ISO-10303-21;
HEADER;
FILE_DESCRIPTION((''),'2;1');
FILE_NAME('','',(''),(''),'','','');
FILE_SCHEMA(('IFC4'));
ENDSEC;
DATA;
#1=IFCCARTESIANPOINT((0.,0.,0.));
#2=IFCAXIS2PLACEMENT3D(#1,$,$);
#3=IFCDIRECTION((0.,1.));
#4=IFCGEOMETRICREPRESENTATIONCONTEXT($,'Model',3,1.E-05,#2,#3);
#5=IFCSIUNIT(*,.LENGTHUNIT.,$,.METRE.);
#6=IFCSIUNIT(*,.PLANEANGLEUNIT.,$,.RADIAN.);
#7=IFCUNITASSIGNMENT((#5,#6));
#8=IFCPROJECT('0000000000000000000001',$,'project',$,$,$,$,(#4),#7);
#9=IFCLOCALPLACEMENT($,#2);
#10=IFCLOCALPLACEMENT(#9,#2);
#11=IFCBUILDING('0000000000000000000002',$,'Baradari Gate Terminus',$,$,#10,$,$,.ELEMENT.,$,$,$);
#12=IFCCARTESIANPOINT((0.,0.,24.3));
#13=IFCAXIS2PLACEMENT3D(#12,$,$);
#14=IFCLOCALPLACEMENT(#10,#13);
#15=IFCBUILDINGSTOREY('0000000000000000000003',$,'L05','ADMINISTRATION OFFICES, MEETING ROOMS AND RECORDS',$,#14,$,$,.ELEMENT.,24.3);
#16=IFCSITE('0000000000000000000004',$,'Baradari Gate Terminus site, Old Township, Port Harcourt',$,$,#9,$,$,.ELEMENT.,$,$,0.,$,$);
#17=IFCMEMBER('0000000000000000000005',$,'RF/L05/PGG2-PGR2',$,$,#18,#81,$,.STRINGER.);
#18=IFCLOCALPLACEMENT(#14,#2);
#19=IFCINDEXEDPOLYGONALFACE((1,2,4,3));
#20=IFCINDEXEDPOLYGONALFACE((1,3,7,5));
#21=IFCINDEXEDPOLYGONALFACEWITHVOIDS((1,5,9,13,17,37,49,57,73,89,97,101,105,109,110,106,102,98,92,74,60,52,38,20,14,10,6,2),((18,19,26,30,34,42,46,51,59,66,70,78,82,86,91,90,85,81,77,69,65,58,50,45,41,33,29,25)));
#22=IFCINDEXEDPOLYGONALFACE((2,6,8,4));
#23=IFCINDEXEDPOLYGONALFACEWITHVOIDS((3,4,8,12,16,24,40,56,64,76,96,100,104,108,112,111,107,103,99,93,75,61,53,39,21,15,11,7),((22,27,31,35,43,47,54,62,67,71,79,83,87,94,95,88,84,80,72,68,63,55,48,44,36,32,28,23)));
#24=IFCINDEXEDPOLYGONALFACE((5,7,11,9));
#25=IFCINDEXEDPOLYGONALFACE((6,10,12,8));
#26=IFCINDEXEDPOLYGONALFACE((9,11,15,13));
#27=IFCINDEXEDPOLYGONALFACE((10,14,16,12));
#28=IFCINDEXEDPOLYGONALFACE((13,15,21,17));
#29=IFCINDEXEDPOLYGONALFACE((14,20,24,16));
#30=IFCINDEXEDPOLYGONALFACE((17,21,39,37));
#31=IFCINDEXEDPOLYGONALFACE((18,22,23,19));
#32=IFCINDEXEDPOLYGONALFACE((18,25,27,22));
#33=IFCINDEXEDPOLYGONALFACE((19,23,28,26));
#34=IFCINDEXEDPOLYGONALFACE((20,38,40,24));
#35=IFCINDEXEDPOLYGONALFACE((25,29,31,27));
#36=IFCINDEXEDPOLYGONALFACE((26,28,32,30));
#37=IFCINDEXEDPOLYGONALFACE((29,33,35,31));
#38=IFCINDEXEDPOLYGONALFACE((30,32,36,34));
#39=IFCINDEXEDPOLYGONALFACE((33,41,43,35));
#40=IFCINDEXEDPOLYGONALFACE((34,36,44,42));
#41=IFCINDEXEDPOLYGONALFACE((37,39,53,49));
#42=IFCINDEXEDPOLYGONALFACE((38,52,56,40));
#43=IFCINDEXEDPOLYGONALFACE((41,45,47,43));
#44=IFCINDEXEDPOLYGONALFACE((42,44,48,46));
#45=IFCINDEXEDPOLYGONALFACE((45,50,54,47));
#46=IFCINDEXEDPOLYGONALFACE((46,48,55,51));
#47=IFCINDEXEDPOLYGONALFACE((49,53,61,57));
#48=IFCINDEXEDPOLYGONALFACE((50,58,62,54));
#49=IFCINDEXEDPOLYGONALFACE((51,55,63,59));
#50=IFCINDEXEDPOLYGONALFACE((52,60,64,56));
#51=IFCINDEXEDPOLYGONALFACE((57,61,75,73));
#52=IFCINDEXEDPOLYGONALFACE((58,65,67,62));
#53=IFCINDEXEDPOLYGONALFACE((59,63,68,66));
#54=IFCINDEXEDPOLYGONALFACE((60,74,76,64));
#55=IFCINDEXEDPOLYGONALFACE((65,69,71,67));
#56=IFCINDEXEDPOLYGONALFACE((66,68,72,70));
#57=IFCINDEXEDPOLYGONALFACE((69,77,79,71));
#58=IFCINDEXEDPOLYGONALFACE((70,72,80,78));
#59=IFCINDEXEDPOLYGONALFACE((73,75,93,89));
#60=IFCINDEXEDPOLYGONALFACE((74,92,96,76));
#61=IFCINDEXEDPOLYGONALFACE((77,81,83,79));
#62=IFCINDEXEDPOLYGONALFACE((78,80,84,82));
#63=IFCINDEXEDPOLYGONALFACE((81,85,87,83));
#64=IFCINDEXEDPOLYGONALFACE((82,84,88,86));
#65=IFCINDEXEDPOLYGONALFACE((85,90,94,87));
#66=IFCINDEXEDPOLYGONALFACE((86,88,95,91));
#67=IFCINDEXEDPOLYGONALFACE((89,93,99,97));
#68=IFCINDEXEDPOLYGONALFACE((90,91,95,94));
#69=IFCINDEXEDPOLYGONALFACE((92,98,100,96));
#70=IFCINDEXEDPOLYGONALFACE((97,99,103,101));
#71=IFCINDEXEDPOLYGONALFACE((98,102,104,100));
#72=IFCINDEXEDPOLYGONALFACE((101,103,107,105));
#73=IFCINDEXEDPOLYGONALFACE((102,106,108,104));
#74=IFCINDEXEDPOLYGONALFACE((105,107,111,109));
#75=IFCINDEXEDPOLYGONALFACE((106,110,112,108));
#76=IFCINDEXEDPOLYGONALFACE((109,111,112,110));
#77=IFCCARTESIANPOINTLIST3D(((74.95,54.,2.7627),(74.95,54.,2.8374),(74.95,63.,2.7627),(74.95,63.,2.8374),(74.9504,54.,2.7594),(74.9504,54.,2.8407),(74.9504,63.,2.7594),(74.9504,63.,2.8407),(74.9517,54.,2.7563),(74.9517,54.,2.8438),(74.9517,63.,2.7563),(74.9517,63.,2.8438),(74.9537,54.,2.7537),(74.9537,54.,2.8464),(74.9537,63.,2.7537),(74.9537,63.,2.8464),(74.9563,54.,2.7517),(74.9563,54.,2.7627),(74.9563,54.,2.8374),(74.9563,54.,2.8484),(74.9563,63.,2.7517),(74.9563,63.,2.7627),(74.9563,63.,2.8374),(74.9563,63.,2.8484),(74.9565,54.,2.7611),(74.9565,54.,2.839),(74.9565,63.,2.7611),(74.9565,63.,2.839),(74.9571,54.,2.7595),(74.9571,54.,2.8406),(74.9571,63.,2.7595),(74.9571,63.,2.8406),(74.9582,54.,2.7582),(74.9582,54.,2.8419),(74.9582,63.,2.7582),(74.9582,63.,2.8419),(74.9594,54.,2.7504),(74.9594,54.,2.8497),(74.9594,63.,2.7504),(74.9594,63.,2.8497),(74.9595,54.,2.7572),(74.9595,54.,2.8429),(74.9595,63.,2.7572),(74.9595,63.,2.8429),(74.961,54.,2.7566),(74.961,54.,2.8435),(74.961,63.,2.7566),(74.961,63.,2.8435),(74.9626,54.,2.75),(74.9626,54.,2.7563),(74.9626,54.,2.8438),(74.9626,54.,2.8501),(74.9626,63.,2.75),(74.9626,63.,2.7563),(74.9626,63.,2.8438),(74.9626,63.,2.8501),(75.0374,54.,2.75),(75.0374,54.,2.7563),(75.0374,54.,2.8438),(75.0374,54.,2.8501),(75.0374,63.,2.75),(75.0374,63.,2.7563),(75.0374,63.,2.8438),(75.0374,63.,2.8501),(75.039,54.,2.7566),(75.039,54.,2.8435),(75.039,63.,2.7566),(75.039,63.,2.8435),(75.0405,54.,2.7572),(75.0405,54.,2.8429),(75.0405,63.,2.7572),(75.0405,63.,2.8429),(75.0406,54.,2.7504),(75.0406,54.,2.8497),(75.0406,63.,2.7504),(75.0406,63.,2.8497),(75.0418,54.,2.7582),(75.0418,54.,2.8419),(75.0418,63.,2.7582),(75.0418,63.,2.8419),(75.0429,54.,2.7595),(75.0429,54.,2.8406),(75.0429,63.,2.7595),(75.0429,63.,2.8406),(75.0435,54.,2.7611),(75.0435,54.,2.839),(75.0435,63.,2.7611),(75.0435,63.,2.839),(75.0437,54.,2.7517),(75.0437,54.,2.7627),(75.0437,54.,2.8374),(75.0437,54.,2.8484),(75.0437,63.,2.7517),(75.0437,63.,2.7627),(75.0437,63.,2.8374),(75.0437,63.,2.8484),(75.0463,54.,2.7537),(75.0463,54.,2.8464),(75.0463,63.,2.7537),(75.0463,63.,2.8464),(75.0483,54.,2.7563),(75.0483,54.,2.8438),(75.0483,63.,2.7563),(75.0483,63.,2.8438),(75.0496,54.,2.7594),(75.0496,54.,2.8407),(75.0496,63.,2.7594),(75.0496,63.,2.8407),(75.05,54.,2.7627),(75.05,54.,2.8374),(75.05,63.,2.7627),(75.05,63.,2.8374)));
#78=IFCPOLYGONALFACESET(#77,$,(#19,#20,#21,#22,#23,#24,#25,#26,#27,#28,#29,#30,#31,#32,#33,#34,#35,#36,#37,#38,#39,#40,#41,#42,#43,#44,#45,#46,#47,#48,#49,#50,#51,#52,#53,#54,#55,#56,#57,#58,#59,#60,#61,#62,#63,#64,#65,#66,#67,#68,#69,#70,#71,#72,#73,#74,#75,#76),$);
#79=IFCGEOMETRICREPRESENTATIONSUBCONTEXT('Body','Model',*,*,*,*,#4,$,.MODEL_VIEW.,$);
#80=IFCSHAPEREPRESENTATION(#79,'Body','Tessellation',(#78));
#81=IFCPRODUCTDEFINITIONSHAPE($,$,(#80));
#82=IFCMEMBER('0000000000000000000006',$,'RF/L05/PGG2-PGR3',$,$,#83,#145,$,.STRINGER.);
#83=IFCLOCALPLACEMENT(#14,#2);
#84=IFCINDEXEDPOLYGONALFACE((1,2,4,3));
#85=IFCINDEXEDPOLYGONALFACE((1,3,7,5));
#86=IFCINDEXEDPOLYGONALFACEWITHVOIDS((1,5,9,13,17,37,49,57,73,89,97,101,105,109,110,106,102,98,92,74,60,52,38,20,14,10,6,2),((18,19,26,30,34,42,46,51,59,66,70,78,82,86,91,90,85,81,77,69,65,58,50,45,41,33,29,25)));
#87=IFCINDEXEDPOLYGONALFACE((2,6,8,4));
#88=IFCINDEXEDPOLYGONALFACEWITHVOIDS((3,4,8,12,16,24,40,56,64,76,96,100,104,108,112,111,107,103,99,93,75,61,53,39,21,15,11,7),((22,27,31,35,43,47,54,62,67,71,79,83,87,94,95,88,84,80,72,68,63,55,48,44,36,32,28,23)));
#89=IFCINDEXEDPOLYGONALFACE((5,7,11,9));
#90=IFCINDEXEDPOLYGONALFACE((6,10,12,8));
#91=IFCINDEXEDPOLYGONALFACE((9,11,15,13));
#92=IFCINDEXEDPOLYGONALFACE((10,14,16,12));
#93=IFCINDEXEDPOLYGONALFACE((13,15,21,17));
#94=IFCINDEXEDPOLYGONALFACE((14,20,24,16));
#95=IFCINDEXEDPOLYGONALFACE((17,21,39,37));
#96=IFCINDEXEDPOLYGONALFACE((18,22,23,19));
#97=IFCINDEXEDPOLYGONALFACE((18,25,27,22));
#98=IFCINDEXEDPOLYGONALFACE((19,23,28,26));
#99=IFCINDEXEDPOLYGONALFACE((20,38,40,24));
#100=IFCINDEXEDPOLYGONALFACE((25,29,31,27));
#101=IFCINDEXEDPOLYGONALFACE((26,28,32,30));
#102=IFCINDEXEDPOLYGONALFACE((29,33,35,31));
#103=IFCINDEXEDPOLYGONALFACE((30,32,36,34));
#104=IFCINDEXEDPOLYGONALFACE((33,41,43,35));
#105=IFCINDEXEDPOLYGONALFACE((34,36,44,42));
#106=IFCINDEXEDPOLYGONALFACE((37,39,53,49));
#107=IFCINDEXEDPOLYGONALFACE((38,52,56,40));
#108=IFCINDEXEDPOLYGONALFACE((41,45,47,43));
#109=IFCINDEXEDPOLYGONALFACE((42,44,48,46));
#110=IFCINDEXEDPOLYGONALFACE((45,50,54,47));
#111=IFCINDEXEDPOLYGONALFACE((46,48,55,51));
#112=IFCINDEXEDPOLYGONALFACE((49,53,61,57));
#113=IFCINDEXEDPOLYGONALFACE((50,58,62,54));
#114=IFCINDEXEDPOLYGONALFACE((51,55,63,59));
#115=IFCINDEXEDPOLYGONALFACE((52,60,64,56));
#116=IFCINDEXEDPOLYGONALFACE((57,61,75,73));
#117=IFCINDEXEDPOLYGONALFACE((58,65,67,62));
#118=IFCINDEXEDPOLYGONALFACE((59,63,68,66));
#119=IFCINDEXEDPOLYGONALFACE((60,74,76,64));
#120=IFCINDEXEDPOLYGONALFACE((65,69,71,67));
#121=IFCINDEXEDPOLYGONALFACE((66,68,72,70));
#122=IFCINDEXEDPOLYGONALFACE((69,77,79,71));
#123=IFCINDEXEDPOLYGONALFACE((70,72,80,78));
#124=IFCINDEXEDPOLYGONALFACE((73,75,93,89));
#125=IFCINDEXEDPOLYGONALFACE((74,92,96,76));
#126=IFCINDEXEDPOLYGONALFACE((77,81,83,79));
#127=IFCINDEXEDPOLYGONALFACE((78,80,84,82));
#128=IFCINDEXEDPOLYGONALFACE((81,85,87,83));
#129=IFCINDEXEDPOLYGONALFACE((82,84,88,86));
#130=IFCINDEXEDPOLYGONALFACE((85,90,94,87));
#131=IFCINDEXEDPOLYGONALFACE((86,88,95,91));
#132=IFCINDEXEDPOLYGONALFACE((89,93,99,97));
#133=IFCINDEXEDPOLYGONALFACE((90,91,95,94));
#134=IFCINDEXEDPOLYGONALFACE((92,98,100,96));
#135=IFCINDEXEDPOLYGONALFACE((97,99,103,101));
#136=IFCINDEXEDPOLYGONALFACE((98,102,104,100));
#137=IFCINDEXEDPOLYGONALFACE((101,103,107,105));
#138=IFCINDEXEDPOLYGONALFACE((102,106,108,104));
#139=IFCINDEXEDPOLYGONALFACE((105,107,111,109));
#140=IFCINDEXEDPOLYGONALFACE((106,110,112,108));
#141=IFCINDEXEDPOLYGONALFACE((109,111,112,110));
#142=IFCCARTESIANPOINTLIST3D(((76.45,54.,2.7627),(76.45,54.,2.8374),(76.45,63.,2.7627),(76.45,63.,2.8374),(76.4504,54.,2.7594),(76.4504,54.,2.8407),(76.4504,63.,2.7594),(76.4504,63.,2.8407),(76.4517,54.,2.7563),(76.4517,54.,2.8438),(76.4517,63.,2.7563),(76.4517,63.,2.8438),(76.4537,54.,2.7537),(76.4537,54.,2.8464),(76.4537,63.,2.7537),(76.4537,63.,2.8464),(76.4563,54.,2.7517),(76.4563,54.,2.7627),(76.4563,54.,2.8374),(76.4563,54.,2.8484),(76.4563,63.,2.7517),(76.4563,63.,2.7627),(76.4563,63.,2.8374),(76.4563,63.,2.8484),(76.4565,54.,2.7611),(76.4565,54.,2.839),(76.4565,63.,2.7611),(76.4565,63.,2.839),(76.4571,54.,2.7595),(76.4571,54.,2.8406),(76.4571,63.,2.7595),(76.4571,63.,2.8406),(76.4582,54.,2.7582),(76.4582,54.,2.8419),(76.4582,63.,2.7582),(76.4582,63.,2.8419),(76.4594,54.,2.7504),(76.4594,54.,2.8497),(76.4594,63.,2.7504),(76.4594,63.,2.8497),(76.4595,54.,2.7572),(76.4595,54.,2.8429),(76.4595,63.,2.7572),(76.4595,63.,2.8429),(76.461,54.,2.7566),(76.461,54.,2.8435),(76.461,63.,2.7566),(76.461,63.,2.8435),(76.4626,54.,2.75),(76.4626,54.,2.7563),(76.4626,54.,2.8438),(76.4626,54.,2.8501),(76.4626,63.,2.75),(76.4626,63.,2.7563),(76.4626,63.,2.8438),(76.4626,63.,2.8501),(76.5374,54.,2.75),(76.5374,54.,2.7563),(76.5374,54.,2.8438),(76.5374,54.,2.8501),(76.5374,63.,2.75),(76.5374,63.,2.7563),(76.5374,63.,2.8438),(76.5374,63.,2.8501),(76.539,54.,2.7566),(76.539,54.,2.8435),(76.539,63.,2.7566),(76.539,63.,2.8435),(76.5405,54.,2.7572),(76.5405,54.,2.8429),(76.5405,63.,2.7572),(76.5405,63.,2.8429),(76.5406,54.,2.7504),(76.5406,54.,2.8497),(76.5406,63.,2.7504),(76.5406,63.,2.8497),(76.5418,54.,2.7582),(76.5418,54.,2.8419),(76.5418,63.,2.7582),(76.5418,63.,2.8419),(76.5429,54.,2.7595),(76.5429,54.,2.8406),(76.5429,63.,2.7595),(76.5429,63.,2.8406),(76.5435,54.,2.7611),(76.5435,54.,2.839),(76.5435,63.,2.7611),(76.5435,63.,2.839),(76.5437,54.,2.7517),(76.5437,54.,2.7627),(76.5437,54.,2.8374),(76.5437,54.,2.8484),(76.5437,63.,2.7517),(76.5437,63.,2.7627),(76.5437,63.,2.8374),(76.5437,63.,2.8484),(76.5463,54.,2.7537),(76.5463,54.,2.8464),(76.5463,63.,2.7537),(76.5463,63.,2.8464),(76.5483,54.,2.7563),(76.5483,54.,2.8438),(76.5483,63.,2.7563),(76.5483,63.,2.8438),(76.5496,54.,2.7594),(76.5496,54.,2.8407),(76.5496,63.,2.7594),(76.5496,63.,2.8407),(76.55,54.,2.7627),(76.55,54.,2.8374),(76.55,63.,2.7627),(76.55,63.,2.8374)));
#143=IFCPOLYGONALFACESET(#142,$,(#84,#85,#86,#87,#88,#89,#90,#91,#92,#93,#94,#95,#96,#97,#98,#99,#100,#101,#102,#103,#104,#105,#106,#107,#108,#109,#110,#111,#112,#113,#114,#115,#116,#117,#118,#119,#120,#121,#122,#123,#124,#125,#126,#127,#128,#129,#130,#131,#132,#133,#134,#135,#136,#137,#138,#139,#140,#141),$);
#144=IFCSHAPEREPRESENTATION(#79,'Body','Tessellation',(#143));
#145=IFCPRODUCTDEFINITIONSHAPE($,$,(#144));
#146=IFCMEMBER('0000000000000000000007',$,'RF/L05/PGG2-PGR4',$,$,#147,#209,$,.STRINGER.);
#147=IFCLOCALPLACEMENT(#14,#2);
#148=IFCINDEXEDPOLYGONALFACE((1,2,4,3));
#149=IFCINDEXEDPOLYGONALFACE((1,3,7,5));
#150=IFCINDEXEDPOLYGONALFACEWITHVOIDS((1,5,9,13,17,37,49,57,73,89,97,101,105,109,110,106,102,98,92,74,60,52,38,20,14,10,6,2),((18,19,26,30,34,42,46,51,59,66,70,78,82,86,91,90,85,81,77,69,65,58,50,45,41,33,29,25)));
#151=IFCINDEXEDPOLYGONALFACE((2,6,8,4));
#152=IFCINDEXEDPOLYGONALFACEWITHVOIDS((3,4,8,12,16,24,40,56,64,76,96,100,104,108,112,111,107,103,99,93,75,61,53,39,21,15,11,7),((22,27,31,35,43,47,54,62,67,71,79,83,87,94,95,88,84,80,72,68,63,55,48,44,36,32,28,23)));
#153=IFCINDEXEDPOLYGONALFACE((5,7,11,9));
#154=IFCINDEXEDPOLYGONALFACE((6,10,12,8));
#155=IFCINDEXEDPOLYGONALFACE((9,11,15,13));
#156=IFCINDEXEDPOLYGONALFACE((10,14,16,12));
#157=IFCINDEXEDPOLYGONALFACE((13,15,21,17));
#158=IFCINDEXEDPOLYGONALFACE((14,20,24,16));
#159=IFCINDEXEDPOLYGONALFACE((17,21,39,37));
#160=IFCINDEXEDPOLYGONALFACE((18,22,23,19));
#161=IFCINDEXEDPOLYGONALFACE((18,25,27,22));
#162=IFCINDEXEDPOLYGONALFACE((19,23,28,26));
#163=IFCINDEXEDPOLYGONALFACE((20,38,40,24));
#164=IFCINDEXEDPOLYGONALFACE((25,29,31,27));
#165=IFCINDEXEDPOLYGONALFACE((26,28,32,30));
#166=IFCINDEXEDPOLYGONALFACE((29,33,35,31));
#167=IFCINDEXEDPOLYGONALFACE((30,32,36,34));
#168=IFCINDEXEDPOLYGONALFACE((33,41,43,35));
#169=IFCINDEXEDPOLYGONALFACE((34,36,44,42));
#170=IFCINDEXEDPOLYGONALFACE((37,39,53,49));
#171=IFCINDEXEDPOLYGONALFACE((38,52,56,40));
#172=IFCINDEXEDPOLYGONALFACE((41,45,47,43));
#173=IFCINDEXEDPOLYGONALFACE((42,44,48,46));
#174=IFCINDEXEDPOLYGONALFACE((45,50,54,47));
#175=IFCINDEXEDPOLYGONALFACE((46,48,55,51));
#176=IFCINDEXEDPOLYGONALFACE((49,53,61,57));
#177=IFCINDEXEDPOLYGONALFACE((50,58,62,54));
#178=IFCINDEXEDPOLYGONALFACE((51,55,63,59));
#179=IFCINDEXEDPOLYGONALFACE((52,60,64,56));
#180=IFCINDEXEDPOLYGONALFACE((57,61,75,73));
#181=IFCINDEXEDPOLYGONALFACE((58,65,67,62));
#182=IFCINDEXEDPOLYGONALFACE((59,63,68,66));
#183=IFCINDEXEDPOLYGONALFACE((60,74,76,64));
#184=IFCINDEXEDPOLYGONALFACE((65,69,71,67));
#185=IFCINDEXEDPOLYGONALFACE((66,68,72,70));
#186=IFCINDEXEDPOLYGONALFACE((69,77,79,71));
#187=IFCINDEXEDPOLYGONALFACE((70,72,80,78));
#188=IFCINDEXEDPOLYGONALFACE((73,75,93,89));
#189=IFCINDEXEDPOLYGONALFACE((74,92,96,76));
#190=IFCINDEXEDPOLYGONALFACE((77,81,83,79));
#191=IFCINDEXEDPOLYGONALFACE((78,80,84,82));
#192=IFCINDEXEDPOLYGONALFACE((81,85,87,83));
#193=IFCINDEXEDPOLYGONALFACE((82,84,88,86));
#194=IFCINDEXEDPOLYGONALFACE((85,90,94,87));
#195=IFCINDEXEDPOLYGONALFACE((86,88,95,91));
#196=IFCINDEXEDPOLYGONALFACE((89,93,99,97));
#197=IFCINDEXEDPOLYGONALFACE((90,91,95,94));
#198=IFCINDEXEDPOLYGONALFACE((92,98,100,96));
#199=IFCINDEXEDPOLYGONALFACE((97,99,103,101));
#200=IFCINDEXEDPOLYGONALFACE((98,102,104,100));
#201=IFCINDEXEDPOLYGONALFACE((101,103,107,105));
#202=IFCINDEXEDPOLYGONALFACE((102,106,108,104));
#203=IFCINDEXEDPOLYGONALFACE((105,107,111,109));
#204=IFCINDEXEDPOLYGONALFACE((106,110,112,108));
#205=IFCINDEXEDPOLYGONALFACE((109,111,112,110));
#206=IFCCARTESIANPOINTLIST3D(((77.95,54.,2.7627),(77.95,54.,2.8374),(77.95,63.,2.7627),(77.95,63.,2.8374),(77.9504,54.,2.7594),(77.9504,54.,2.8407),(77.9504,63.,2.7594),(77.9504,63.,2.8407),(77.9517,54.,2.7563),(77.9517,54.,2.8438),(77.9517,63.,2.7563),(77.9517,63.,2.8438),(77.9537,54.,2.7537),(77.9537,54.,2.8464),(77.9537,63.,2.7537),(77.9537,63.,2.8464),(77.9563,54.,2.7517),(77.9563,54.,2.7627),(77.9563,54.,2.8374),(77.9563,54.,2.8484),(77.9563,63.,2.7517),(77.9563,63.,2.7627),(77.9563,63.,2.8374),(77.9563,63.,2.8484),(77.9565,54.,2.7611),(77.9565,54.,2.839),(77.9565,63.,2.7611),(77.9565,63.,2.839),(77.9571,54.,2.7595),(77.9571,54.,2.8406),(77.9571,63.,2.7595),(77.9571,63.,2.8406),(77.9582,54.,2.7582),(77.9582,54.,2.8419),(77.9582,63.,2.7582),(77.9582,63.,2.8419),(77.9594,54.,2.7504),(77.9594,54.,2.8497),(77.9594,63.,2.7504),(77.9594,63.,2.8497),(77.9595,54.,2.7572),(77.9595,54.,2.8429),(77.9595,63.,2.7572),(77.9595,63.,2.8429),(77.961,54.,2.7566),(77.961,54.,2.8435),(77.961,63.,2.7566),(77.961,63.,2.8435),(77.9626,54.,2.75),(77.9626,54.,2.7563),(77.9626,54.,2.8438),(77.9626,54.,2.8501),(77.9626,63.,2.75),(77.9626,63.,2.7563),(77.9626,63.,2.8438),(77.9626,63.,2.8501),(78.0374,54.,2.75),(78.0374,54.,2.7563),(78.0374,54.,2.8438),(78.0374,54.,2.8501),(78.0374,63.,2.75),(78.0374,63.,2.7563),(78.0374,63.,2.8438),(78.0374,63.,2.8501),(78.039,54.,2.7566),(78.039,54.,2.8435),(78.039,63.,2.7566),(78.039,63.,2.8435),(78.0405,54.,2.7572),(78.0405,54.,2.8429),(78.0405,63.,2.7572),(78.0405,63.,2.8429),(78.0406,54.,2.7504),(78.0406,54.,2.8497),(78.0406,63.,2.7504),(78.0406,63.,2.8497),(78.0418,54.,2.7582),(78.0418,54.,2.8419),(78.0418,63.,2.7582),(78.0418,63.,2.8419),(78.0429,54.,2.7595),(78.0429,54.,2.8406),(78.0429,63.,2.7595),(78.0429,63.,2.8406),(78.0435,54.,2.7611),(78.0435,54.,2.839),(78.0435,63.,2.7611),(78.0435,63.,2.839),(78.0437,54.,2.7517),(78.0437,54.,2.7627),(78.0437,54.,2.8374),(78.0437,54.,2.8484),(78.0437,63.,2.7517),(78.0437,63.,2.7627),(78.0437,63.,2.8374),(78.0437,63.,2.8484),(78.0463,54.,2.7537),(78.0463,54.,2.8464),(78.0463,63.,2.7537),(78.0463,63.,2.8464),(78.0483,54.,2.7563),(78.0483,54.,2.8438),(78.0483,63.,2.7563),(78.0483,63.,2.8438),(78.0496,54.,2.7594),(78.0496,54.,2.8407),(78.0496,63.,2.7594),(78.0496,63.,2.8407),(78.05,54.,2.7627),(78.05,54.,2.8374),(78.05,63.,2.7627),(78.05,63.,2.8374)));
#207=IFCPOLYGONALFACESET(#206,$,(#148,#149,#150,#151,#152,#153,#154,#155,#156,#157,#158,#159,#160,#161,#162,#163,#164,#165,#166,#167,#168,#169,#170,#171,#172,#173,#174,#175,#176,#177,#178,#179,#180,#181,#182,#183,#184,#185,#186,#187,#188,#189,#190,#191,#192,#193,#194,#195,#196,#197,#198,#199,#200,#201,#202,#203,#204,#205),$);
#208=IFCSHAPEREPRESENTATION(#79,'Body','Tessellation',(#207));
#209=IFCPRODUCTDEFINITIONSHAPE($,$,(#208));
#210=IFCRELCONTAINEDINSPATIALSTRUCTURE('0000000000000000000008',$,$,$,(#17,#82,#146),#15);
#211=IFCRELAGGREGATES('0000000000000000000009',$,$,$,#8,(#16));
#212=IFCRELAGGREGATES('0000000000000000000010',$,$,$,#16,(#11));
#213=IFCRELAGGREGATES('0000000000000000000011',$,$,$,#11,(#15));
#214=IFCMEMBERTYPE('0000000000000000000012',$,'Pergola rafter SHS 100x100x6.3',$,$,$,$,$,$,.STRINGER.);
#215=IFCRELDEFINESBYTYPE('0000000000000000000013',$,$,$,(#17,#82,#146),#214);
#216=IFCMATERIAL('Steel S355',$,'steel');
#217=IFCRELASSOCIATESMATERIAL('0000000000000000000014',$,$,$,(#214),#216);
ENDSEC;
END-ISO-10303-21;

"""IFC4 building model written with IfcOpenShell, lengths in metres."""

from ifc_helpers import new_model, si_unit, direction, frame, origin, origin_2d, place, context, subcontext, project, spatial, hollow_rectangle, extrude, material, material_profile, profile_set, type_object, element, save


model = new_model("IFC4")

# Units and contexts
model_context = context("Model", 3, precision=1e-05, world=origin(), true_north=direction((0.0, 1.0)))
body_context = subcontext(model_context, "Body", "Model", "MODEL_VIEW")
ifc_project = project(units=[si_unit("LENGTHUNIT", "METRE"), si_unit("PLANEANGLEUNIT", "RADIAN")], contexts=[model_context])

# Site, building, storey
site_placement = place(None, origin())
site = spatial("IfcSite", under=ifc_project, at=site_placement, Name="Baradari Gate Terminus site, Old Township, Port Harcourt", CompositionType="ELEMENT", RefElevation=0.0)
building_placement = place(site_placement, origin())
building = spatial("IfcBuilding", under=site, at=building_placement, Name="Baradari Gate Terminus", CompositionType="ELEMENT")
storey_placement = place(building_placement, frame((0.0, 0.0, 24.3)))
storey = spatial("IfcBuildingStorey", under=building, at=storey_placement, Name="L05", Description="ADMINISTRATION OFFICES, MEETING ROOMS AND RECORDS", CompositionType="ELEMENT", Elevation=24.3)

# Members
ifc_material_1 = material(Name="Steel S355", Category="steel")
ifc_material_profile = material_profile(ifc_material_1, hollow_rectangle(XDim=0.1001, YDim=0.1001, WallThickness=0.0063, InnerFilletRadius=0.0063, OuterFilletRadius=0.0127, at=origin_2d()), Name="SHS 100x100x6.3")
ifc_profile_set = profile_set([ifc_material_profile], Name="Steel S355")
member_type = type_object("IfcMemberType", Name="Pergola rafter SHS 100x100x6.3", PredefinedType="STRINGER", material=ifc_profile_set)
for number, where, z_axis, x_axis, name in (
    (1, (75.0, 54.0, 2.8), (0.0, 1.0, 0.0), (-1.0, 0.0, 0.0), "RF/L05/PGG2-PGR2"),
    (2, (76.5, 54.0, 2.8), (0.0, 1.0, 0.0), (-1.0, 0.0, 0.0), "RF/L05/PGG2-PGR3"),
    (3, (78.0, 54.0, 2.8), (0.0, 1.0, 0.0), (-1.0, 0.0, 0.0), "RF/L05/PGG2-PGR4"),
):
    element("IfcMember", number, at=place(storey_placement, frame(where, z_axis=z_axis, x_axis=x_axis)), inside=storey, type_object=member_type, Name=name, PredefinedType="STRINGER", context=body_context, shape_type="SweptSolid", body=[
        extrude(hollow_rectangle(XDim=0.1001, YDim=0.1001, WallThickness=0.0063, InnerFilletRadius=0.0063, OuterFilletRadius=0.0127, at=origin_2d()), origin(), (0.0, 0.0, 1.0), 9.0),
    ])

save(model, "model.ifc")
